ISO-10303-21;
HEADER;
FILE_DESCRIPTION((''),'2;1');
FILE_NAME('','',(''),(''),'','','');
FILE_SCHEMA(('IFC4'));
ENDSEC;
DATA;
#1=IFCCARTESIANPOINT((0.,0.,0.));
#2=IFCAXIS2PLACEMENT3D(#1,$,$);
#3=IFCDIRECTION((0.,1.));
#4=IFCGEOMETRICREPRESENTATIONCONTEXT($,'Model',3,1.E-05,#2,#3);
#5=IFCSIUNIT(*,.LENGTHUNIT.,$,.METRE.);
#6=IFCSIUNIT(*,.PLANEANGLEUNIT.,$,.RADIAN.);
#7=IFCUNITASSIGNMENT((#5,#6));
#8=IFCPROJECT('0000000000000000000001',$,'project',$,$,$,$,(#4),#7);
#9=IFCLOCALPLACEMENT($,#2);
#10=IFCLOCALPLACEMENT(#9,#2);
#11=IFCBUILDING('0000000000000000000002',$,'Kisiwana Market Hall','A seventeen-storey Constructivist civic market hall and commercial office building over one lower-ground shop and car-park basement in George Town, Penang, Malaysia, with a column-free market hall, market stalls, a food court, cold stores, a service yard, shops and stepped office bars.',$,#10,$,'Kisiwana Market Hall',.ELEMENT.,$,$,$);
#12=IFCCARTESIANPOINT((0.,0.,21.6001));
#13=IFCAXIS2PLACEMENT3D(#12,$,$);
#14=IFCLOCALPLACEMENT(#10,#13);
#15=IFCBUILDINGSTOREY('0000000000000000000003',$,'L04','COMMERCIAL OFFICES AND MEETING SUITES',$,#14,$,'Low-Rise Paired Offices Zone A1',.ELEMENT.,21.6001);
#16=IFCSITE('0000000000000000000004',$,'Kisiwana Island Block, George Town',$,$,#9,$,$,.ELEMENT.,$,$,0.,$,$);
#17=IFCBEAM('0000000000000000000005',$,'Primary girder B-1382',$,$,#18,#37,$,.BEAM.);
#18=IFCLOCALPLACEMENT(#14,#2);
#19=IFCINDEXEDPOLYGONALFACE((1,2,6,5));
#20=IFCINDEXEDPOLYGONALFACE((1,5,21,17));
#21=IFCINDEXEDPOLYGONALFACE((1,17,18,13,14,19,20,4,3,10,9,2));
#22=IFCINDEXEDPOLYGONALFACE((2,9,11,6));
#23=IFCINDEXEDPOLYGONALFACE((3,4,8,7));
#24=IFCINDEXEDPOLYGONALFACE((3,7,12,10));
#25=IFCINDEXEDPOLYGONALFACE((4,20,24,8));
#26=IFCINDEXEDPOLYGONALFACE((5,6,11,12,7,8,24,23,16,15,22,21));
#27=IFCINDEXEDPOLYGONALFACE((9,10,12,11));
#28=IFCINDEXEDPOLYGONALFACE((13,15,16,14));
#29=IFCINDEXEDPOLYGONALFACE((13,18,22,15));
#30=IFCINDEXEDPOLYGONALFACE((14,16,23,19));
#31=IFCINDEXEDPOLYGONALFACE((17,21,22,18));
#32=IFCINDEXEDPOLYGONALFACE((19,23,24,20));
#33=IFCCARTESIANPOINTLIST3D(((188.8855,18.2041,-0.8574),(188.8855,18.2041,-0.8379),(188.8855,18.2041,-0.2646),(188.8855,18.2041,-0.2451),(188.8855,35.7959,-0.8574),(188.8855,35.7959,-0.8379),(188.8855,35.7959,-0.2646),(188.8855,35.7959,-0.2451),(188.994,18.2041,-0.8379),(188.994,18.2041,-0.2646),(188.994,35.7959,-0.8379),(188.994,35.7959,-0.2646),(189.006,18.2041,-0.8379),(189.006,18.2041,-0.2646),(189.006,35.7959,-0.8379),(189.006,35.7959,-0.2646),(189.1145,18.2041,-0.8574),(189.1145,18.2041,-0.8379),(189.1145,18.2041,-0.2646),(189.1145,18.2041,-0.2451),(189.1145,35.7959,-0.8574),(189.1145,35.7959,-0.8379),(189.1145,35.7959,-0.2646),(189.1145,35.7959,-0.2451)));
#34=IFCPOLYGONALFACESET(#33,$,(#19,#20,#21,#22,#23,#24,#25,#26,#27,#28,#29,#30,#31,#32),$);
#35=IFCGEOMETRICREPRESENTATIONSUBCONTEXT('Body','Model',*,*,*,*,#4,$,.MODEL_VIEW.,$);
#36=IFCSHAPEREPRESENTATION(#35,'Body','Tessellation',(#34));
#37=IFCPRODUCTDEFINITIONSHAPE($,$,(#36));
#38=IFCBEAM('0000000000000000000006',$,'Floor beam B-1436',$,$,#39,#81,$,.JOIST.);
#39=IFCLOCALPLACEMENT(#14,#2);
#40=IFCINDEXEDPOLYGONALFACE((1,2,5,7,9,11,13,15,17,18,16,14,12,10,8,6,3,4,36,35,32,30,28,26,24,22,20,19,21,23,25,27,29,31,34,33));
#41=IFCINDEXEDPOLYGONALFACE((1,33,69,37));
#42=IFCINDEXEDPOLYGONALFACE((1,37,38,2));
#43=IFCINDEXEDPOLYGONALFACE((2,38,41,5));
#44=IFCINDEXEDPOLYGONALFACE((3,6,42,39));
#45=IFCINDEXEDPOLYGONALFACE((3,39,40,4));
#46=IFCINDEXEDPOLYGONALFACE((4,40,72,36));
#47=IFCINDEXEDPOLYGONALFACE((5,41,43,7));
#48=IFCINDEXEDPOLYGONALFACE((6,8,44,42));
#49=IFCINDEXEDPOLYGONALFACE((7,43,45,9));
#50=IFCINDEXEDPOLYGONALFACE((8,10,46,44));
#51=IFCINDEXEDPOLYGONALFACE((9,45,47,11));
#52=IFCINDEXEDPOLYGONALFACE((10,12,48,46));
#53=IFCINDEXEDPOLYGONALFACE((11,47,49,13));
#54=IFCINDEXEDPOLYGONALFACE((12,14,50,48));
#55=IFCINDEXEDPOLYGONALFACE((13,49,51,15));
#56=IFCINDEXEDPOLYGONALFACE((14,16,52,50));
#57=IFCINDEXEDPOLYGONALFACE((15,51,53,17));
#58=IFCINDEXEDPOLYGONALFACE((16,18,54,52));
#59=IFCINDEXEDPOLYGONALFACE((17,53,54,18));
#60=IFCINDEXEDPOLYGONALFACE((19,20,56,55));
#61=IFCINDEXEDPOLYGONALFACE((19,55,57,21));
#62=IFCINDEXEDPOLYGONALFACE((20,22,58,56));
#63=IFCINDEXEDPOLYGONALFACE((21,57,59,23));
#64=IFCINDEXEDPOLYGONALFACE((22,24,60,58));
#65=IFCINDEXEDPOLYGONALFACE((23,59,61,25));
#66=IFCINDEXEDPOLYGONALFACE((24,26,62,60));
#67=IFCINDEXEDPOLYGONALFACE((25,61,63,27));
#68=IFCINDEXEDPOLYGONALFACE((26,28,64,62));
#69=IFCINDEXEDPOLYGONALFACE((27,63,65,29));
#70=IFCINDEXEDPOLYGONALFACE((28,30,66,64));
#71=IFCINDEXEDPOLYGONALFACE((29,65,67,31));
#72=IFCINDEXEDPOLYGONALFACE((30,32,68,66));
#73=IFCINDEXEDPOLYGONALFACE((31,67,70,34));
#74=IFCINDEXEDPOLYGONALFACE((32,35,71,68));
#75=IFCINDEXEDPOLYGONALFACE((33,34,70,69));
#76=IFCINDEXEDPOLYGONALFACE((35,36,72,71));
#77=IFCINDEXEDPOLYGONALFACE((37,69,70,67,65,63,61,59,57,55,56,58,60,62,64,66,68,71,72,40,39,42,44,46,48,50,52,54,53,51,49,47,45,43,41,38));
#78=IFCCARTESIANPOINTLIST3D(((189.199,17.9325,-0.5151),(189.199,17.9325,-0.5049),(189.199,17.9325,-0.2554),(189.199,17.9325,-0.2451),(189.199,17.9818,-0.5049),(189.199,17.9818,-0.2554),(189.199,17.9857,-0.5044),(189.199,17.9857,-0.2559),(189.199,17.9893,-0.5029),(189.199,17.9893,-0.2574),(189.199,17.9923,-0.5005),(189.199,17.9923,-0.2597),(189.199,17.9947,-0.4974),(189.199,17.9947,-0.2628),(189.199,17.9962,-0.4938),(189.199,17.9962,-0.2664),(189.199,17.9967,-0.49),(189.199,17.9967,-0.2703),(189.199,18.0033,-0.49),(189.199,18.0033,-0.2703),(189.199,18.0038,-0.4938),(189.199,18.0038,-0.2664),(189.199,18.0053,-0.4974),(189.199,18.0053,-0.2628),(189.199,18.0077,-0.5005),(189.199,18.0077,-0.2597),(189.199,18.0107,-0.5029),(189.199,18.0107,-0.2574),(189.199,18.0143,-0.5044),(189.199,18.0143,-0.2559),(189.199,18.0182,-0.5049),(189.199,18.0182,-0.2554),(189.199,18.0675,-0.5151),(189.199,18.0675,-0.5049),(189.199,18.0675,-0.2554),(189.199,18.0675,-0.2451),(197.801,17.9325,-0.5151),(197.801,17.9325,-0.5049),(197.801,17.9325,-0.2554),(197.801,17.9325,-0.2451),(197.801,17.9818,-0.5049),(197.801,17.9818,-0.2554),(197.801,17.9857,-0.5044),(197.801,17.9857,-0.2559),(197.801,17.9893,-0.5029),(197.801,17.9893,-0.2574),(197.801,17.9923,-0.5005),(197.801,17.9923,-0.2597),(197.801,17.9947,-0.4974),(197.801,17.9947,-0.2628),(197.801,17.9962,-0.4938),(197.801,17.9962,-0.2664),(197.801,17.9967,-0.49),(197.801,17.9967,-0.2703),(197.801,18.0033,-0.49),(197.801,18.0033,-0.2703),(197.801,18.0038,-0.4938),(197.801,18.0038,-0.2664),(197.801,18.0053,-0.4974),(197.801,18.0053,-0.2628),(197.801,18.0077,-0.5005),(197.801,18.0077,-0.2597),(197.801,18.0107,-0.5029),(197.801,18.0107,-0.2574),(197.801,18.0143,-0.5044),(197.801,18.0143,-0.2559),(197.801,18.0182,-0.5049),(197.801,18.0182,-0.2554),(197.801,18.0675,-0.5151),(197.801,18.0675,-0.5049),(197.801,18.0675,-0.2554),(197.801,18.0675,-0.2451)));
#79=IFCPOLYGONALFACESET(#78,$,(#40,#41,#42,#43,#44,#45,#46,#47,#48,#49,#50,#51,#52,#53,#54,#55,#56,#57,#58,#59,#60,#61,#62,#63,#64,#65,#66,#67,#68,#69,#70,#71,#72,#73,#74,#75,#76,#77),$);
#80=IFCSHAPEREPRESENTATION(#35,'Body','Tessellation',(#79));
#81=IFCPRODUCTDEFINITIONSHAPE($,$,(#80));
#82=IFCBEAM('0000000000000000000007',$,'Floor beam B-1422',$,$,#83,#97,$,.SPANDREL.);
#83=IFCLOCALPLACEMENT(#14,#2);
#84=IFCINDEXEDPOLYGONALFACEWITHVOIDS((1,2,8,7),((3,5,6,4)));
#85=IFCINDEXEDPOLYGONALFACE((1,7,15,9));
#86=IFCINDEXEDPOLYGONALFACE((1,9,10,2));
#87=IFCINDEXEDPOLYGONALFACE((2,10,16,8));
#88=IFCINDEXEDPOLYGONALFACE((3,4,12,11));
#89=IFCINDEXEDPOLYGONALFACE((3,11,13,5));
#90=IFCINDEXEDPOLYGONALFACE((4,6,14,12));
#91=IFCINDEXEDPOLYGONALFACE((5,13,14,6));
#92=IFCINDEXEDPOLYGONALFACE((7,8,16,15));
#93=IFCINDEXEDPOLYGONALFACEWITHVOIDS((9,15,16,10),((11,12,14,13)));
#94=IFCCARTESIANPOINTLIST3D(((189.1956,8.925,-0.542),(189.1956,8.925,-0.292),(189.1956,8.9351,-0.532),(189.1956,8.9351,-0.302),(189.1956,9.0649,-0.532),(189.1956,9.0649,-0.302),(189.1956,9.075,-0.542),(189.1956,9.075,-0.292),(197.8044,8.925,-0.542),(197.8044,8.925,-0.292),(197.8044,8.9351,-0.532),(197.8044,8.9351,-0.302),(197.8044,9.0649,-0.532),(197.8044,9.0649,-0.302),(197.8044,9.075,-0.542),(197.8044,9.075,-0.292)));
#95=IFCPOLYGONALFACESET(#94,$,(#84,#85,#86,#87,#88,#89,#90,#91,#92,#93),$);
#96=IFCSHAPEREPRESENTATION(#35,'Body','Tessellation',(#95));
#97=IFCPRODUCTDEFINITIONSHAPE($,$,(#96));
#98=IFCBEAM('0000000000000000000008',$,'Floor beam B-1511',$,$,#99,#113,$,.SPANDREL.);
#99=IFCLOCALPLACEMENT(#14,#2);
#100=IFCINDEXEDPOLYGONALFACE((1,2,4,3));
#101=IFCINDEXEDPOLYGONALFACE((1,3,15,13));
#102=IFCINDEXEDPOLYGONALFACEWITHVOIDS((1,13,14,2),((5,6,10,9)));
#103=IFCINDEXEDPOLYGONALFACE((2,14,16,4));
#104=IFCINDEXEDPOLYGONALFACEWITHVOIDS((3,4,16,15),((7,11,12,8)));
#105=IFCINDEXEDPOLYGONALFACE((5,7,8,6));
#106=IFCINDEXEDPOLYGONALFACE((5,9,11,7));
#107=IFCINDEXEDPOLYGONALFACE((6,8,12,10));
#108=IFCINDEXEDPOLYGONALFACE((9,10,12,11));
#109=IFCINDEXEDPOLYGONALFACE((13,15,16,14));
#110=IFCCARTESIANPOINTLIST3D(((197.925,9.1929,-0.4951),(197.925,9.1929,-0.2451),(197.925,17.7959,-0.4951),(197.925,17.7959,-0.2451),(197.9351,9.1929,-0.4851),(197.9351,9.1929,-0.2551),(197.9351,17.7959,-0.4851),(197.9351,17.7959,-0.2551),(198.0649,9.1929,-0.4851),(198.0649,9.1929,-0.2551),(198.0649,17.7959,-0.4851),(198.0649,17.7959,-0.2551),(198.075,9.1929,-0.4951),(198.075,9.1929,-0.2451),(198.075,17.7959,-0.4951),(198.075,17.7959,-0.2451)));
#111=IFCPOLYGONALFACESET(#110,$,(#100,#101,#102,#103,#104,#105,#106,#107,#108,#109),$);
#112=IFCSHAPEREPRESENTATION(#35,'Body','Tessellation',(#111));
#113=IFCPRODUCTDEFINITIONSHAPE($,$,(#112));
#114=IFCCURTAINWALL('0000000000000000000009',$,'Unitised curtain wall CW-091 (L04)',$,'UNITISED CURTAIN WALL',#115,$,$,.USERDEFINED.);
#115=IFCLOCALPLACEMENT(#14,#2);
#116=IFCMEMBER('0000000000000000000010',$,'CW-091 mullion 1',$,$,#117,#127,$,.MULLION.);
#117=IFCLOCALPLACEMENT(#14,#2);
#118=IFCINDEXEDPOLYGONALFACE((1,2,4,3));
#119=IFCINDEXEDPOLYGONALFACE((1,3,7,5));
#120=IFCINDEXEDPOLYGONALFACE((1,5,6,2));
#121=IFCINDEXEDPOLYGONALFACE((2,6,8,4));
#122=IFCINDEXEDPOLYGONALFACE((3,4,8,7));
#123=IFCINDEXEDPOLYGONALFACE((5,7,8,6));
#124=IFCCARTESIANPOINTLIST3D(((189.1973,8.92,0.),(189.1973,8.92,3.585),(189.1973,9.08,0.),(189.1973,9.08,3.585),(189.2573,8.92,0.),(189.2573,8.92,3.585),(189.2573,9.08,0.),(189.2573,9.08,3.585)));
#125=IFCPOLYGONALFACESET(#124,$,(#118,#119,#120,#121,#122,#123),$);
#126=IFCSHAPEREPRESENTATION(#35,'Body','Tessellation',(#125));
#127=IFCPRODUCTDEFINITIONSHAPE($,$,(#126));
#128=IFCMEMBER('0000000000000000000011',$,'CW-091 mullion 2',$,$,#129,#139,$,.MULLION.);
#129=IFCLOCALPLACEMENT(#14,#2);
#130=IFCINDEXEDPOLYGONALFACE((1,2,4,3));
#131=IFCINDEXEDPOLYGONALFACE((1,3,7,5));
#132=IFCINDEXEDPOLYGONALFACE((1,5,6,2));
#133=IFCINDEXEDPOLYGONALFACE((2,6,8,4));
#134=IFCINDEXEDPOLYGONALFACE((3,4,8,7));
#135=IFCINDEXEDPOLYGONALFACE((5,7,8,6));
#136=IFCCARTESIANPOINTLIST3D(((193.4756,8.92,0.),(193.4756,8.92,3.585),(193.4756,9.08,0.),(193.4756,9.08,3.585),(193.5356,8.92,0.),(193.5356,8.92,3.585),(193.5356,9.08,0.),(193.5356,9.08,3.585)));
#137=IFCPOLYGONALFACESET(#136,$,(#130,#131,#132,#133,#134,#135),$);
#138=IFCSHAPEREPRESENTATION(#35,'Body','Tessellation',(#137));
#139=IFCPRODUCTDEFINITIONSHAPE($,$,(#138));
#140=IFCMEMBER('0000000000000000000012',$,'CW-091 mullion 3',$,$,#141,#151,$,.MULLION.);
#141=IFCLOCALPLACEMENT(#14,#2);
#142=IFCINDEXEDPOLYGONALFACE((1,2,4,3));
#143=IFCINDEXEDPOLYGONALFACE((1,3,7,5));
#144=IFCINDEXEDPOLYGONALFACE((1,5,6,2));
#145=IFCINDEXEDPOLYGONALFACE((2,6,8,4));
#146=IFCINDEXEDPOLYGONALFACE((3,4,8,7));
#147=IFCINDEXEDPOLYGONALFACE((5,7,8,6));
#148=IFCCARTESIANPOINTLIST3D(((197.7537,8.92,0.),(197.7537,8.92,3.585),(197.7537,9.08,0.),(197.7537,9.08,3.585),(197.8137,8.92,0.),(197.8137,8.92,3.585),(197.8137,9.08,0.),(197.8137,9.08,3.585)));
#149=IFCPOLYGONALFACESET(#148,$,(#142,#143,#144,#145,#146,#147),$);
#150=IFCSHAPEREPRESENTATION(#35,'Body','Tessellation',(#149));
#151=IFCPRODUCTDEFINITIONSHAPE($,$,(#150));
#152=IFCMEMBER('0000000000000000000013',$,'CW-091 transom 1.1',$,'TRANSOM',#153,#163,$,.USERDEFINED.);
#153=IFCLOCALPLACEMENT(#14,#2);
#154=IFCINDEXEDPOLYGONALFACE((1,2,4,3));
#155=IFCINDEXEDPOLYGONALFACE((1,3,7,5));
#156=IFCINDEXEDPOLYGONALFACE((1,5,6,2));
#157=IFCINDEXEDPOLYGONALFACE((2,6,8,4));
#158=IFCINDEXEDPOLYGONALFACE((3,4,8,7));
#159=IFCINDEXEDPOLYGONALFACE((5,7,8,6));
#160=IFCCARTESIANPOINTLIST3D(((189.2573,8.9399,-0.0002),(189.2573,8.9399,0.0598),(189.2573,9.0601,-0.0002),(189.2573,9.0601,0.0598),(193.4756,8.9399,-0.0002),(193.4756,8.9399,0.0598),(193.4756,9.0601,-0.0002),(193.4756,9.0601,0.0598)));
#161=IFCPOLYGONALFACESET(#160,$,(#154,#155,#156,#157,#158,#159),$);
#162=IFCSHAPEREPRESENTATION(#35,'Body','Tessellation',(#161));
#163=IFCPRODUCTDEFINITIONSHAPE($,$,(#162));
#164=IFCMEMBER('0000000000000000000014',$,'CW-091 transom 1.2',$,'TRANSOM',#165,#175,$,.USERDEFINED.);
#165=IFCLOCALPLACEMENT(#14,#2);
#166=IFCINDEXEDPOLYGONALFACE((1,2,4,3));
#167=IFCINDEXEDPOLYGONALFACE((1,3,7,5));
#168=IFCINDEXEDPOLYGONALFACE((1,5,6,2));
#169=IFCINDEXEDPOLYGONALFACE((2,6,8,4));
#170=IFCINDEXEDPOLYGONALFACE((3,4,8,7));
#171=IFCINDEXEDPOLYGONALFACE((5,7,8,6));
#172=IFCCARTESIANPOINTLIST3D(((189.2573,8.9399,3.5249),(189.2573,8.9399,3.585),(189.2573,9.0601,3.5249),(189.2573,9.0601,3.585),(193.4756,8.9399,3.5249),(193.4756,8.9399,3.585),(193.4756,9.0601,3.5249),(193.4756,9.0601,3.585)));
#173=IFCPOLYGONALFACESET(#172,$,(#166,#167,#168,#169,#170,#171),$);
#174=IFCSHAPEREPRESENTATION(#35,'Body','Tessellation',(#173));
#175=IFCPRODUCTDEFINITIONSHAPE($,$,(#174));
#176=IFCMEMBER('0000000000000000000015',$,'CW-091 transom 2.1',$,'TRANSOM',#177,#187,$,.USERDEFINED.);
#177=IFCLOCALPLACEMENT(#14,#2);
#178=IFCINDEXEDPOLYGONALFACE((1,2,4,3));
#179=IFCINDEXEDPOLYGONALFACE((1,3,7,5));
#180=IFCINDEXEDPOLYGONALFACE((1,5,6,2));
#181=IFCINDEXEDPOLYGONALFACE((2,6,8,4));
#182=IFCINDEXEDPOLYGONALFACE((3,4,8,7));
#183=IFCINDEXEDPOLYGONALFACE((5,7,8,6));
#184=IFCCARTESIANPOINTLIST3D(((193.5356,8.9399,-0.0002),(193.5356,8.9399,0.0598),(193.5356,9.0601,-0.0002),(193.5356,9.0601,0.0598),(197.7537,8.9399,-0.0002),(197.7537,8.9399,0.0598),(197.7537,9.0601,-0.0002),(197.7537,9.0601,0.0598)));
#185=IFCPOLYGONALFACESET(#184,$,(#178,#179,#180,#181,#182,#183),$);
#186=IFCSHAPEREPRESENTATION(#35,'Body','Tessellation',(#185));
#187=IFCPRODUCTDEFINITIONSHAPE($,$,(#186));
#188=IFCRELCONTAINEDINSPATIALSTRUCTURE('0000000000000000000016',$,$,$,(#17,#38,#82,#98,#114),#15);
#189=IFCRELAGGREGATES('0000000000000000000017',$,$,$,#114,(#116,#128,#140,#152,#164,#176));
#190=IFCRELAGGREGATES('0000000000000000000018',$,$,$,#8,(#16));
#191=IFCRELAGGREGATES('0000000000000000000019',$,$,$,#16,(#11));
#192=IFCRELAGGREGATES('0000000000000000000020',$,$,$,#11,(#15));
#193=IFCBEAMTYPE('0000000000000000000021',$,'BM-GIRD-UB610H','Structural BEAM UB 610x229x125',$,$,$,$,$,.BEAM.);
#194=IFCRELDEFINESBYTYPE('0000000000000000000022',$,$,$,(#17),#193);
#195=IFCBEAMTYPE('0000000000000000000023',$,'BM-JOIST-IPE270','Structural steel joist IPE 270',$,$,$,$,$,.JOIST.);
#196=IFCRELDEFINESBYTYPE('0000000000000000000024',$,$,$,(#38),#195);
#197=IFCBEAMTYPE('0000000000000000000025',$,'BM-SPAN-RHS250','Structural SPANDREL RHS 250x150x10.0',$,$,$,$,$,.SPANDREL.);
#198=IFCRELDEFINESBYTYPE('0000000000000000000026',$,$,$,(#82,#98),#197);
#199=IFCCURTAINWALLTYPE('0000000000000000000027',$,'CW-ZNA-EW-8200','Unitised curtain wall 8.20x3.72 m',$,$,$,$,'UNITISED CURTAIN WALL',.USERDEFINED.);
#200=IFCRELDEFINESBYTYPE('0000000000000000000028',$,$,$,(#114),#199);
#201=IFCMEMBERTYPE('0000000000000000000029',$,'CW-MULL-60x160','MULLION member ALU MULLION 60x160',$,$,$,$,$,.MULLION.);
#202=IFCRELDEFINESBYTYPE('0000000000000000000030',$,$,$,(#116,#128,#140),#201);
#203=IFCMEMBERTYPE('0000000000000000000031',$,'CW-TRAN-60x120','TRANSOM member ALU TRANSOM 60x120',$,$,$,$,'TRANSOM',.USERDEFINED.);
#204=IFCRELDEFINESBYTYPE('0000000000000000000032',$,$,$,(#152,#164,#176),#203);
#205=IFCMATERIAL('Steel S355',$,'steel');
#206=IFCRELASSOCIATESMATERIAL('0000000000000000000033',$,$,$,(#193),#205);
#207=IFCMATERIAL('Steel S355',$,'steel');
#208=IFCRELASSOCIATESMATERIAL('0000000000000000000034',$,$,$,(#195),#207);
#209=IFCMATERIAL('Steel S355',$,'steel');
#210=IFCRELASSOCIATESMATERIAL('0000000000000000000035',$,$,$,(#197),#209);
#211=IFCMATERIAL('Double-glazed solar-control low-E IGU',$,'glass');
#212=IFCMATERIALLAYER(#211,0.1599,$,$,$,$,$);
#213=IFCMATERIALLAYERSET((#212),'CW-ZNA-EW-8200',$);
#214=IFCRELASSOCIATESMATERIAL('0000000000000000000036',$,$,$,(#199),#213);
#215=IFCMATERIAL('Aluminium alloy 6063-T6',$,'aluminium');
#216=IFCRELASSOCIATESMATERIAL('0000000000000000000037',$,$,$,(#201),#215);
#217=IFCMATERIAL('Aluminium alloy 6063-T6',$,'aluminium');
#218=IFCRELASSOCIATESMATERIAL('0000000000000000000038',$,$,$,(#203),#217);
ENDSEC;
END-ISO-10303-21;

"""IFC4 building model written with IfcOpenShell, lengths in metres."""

from ifc_helpers import new_model, si_unit, direction, frame, origin, origin_2d, place, context, subcontext, project, spatial, rectangle, hollow_rectangle, i_section, extrude, material, layer, layer_set, material_profile, profile_set, type_object, element, aggregate, save


model = new_model("IFC4")

# Units and contexts
model_context = context("Model", 3, precision=1e-05, world=origin(), true_north=direction((0.0, 1.0)))
body_context = subcontext(model_context, "Body", "Model", "MODEL_VIEW")
ifc_project = project(units=[si_unit("LENGTHUNIT", "METRE"), si_unit("PLANEANGLEUNIT", "RADIAN")], contexts=[model_context])

# Site, building, storey
site_placement = place(None, origin())
site = spatial("IfcSite", under=ifc_project, at=site_placement, Name="Kisiwana Island Block, George Town", CompositionType="ELEMENT", RefElevation=0.0)
building_placement = place(site_placement, origin())
building = spatial("IfcBuilding", under=site, at=building_placement, Name="Kisiwana Market Hall", Description="A seventeen-storey Constructivist civic market hall and commercial office building over one lower-ground shop and car-park basement in George Town, Penang, Malaysia, with a column-free market hall, market stalls, a food court, cold stores, a service yard, shops and stepped office bars.", LongName="Kisiwana Market Hall", CompositionType="ELEMENT")
storey_placement = place(building_placement, frame((0.0, 0.0, 21.6001)))
storey = spatial("IfcBuildingStorey", under=building, at=storey_placement, Name="L04", Description="COMMERCIAL OFFICES AND MEETING SUITES", LongName="Low-Rise Paired Offices Zone A1", CompositionType="ELEMENT", Elevation=21.6001)

# Beams
ifc_material_1 = material(Name="Steel S355", Category="steel")
ifc_material_profile_1 = material_profile(ifc_material_1, i_section(OverallWidth=0.229, OverallDepth=0.6123, WebThickness=0.012, FlangeThickness=0.0195, at=origin_2d()), Name="UB 610x229x125")
ifc_profile_set_1 = profile_set([ifc_material_profile_1], Name="Steel S355")
beam_type_1 = type_object("IfcBeamType", Name="BM-GIRD-UB610H", Description="Structural BEAM UB 610x229x125", PredefinedType="BEAM", material=ifc_profile_set_1)
for number, where, z_axis, x_axis, name in (
    (1, (189.0, 18.2041, -0.5513), (0.0, 1.0, 0.0), (-1.0, 0.0, 0.0), "Primary girder B-1382"),
):
    element("IfcBeam", number, at=place(storey_placement, frame(where, z_axis=z_axis, x_axis=x_axis)), inside=storey, type_object=beam_type_1, Name=name, PredefinedType="BEAM", context=body_context, shape_type="SweptSolid", body=[
        extrude(i_section(OverallWidth=0.229, OverallDepth=0.6123, WebThickness=0.012, FlangeThickness=0.0195, at=origin_2d()), origin(), (0.0, 0.0, 1.0), 17.5918),
    ])
ifc_material_2 = material(Name="Steel S355", Category="steel")
ifc_material_profile_2 = material_profile(ifc_material_2, i_section(OverallWidth=0.135, OverallDepth=0.27, WebThickness=0.0066, FlangeThickness=0.0103, FilletRadius=0.0149, at=origin_2d()), Name="IPE 270")
ifc_profile_set_2 = profile_set([ifc_material_profile_2], Name="Steel S355")
beam_type_2 = type_object("IfcBeamType", Name="BM-JOIST-IPE270", Description="Structural steel joist IPE 270", PredefinedType="JOIST", material=ifc_profile_set_2)
beam_1_placement = place(storey_placement, frame((189.199, 18.0, -0.3801), z_axis=(1.0, 0.0, 0.0), x_axis=(0.0, 1.0, 0.0)))
element("IfcBeam", 2, at=beam_1_placement, inside=storey, type_object=beam_type_2, Name="Floor beam B-1436", PredefinedType="JOIST", context=body_context, shape_type="SweptSolid", body=[
    extrude(i_section(OverallWidth=0.135, OverallDepth=0.27, WebThickness=0.0066, FlangeThickness=0.0103, FilletRadius=0.0149, at=origin_2d()), origin(), (0.0, 0.0, 1.0), 8.6021),
])
ifc_material_3 = material(Name="Steel S355", Category="steel")
ifc_material_profile_3 = material_profile(ifc_material_3, hollow_rectangle(XDim=0.1499, YDim=0.25, WallThickness=0.01, at=origin_2d()), Name="RHS 250x150x10.0")
ifc_profile_set_3 = profile_set([ifc_material_profile_3], Name="Steel S355")
beam_type_3 = type_object("IfcBeamType", Name="BM-SPAN-RHS250", Description="Structural SPANDREL RHS 250x150x10.0", PredefinedType="SPANDREL", material=ifc_profile_set_3)
beam_2_placement = place(storey_placement, frame((189.1956, 9.0, -0.417), z_axis=(1.0, 0.0, 0.0), x_axis=(0.0, 1.0, 0.0)))
element("IfcBeam", 3, at=beam_2_placement, inside=storey, type_object=beam_type_3, Name="Floor beam B-1422", PredefinedType="SPANDREL", context=body_context, shape_type="SweptSolid", body=[
    extrude(hollow_rectangle(XDim=0.1499, YDim=0.25, WallThickness=0.01, at=origin_2d()), origin(), (0.0, 0.0, 1.0), 8.6089),
])
beam_3_placement = place(storey_placement, frame((198.0, 9.1929, -0.3701), z_axis=(0.0, 1.0, 0.0), x_axis=(-1.0, 0.0, 0.0)))
element("IfcBeam", 4, at=beam_3_placement, inside=storey, type_object=beam_type_3, Name="Floor beam B-1511", PredefinedType="SPANDREL", context=body_context, shape_type="SweptSolid", body=[
    extrude(hollow_rectangle(XDim=0.1499, YDim=0.25, WallThickness=0.01, at=origin_2d()), origin(), (0.0, 0.0, 1.0), 8.603),
])

# Curtain wall, members
ifc_material_4 = material(Name="Double-glazed solar-control low-E IGU", Category="glass")
ifc_layer_1 = layer(ifc_material_4, 0.1599)
ifc_layer_set_1 = layer_set([ifc_layer_1], Name="CW-ZNA-EW-8200")
curtain_wall_type = type_object("IfcCurtainWallType", Name="CW-ZNA-EW-8200", Description="Unitised curtain wall 8.20x3.72 m", ElementType="UNITISED CURTAIN WALL", PredefinedType="USERDEFINED", material=ifc_layer_set_1)
curtain_wall_placement = place(storey_placement, origin())
curtain_wall = element("IfcCurtainWall", 5, at=curtain_wall_placement, inside=storey, type_object=curtain_wall_type, Name="Unitised curtain wall CW-091 (L04)", ObjectType="UNITISED CURTAIN WALL", PredefinedType="USERDEFINED")
ifc_material_5 = material(Name="Aluminium alloy 6063-T6", Category="aluminium")
ifc_material_profile_4 = material_profile(ifc_material_5, rectangle(XDim=0.0601, YDim=0.1599, at=origin_2d()), Name="ALU MULLION 60x160")
ifc_profile_set_4 = profile_set([ifc_material_profile_4], Name="Aluminium alloy 6063-T6")
member_type_1 = type_object("IfcMemberType", Name="CW-MULL-60x160", Description="MULLION member ALU MULLION 60x160", PredefinedType="MULLION", material=ifc_profile_set_4)
member_1_placement = place(storey_placement, frame((189.2273, 9.0, 0.0), z_axis=(0.0, 0.0, 1.0), x_axis=(1.0, 0.0, 0.0)))
member_1 = element("IfcMember", 6, at=member_1_placement, type_object=member_type_1, Name="CW-091 mullion 1", PredefinedType="MULLION", context=body_context, shape_type="SweptSolid", body=[
    extrude(rectangle(XDim=0.0601, YDim=0.1599, at=origin_2d()), origin(), (0.0, 0.0, 1.0), 3.585),
])
member_2_placement = place(storey_placement, frame((193.5056, 9.0, 0.0), z_axis=(0.0, 0.0, 1.0), x_axis=(1.0, 0.0, 0.0)))
member_2 = element("IfcMember", 7, at=member_2_placement, type_object=member_type_1, Name="CW-091 mullion 2", PredefinedType="MULLION", context=body_context, shape_type="SweptSolid", body=[
    extrude(rectangle(XDim=0.0601, YDim=0.1599, at=origin_2d()), origin(), (0.0, 0.0, 1.0), 3.585),
])
member_3_placement = place(storey_placement, frame((197.7837, 9.0, 0.0), z_axis=(0.0, 0.0, 1.0), x_axis=(1.0, 0.0, 0.0)))
member_3 = element("IfcMember", 8, at=member_3_placement, type_object=member_type_1, Name="CW-091 mullion 3", PredefinedType="MULLION", context=body_context, shape_type="SweptSolid", body=[
    extrude(rectangle(XDim=0.0601, YDim=0.1599, at=origin_2d()), origin(), (0.0, 0.0, 1.0), 3.585),
])
ifc_material_6 = material(Name="Aluminium alloy 6063-T6", Category="aluminium")
ifc_material_profile_5 = material_profile(ifc_material_6, rectangle(XDim=0.1201, YDim=0.0601, at=origin_2d()), Name="ALU TRANSOM 60x120")
ifc_profile_set_5 = profile_set([ifc_material_profile_5], Name="Aluminium alloy 6063-T6")
member_type_2 = type_object("IfcMemberType", Name="CW-TRAN-60x120", Description="TRANSOM member ALU TRANSOM 60x120", ElementType="TRANSOM", PredefinedType="USERDEFINED", material=ifc_profile_set_5)
member_4_placement = place(storey_placement, frame((189.2573, 9.0, 0.0298), z_axis=(1.0, 0.0, 0.0), x_axis=(0.0, 1.0, 0.0)))
member_4 = element("IfcMember", 9, at=member_4_placement, type_object=member_type_2, Name="CW-091 transom 1.1", ObjectType="TRANSOM", PredefinedType="USERDEFINED", context=body_context, shape_type="SweptSolid", body=[
    extrude(rectangle(XDim=0.1201, YDim=0.0601, at=origin_2d()), origin(), (0.0, 0.0, 1.0), 4.2183),
])
member_5_placement = place(storey_placement, frame((189.2573, 9.0, 3.5549), z_axis=(1.0, 0.0, 0.0), x_axis=(0.0, 1.0, 0.0)))
member_5 = element("IfcMember", 10, at=member_5_placement, type_object=member_type_2, Name="CW-091 transom 1.2", ObjectType="TRANSOM", PredefinedType="USERDEFINED", context=body_context, shape_type="SweptSolid", body=[
    extrude(rectangle(XDim=0.1201, YDim=0.0601, at=origin_2d()), origin(), (0.0, 0.0, 1.0), 4.2183),
])
member_6_placement = place(storey_placement, frame((193.5356, 9.0, 0.0298), z_axis=(1.0, 0.0, 0.0), x_axis=(0.0, 1.0, 0.0)))
member_6 = element("IfcMember", 11, at=member_6_placement, type_object=member_type_2, Name="CW-091 transom 2.1", ObjectType="TRANSOM", PredefinedType="USERDEFINED", context=body_context, shape_type="SweptSolid", body=[
    extrude(rectangle(XDim=0.1201, YDim=0.0601, at=origin_2d()), origin(), (0.0, 0.0, 1.0), 4.218),
])
aggregate(curtain_wall, [member_1, member_2, member_3, member_4, member_5, member_6])

save(model, "model.ifc")
